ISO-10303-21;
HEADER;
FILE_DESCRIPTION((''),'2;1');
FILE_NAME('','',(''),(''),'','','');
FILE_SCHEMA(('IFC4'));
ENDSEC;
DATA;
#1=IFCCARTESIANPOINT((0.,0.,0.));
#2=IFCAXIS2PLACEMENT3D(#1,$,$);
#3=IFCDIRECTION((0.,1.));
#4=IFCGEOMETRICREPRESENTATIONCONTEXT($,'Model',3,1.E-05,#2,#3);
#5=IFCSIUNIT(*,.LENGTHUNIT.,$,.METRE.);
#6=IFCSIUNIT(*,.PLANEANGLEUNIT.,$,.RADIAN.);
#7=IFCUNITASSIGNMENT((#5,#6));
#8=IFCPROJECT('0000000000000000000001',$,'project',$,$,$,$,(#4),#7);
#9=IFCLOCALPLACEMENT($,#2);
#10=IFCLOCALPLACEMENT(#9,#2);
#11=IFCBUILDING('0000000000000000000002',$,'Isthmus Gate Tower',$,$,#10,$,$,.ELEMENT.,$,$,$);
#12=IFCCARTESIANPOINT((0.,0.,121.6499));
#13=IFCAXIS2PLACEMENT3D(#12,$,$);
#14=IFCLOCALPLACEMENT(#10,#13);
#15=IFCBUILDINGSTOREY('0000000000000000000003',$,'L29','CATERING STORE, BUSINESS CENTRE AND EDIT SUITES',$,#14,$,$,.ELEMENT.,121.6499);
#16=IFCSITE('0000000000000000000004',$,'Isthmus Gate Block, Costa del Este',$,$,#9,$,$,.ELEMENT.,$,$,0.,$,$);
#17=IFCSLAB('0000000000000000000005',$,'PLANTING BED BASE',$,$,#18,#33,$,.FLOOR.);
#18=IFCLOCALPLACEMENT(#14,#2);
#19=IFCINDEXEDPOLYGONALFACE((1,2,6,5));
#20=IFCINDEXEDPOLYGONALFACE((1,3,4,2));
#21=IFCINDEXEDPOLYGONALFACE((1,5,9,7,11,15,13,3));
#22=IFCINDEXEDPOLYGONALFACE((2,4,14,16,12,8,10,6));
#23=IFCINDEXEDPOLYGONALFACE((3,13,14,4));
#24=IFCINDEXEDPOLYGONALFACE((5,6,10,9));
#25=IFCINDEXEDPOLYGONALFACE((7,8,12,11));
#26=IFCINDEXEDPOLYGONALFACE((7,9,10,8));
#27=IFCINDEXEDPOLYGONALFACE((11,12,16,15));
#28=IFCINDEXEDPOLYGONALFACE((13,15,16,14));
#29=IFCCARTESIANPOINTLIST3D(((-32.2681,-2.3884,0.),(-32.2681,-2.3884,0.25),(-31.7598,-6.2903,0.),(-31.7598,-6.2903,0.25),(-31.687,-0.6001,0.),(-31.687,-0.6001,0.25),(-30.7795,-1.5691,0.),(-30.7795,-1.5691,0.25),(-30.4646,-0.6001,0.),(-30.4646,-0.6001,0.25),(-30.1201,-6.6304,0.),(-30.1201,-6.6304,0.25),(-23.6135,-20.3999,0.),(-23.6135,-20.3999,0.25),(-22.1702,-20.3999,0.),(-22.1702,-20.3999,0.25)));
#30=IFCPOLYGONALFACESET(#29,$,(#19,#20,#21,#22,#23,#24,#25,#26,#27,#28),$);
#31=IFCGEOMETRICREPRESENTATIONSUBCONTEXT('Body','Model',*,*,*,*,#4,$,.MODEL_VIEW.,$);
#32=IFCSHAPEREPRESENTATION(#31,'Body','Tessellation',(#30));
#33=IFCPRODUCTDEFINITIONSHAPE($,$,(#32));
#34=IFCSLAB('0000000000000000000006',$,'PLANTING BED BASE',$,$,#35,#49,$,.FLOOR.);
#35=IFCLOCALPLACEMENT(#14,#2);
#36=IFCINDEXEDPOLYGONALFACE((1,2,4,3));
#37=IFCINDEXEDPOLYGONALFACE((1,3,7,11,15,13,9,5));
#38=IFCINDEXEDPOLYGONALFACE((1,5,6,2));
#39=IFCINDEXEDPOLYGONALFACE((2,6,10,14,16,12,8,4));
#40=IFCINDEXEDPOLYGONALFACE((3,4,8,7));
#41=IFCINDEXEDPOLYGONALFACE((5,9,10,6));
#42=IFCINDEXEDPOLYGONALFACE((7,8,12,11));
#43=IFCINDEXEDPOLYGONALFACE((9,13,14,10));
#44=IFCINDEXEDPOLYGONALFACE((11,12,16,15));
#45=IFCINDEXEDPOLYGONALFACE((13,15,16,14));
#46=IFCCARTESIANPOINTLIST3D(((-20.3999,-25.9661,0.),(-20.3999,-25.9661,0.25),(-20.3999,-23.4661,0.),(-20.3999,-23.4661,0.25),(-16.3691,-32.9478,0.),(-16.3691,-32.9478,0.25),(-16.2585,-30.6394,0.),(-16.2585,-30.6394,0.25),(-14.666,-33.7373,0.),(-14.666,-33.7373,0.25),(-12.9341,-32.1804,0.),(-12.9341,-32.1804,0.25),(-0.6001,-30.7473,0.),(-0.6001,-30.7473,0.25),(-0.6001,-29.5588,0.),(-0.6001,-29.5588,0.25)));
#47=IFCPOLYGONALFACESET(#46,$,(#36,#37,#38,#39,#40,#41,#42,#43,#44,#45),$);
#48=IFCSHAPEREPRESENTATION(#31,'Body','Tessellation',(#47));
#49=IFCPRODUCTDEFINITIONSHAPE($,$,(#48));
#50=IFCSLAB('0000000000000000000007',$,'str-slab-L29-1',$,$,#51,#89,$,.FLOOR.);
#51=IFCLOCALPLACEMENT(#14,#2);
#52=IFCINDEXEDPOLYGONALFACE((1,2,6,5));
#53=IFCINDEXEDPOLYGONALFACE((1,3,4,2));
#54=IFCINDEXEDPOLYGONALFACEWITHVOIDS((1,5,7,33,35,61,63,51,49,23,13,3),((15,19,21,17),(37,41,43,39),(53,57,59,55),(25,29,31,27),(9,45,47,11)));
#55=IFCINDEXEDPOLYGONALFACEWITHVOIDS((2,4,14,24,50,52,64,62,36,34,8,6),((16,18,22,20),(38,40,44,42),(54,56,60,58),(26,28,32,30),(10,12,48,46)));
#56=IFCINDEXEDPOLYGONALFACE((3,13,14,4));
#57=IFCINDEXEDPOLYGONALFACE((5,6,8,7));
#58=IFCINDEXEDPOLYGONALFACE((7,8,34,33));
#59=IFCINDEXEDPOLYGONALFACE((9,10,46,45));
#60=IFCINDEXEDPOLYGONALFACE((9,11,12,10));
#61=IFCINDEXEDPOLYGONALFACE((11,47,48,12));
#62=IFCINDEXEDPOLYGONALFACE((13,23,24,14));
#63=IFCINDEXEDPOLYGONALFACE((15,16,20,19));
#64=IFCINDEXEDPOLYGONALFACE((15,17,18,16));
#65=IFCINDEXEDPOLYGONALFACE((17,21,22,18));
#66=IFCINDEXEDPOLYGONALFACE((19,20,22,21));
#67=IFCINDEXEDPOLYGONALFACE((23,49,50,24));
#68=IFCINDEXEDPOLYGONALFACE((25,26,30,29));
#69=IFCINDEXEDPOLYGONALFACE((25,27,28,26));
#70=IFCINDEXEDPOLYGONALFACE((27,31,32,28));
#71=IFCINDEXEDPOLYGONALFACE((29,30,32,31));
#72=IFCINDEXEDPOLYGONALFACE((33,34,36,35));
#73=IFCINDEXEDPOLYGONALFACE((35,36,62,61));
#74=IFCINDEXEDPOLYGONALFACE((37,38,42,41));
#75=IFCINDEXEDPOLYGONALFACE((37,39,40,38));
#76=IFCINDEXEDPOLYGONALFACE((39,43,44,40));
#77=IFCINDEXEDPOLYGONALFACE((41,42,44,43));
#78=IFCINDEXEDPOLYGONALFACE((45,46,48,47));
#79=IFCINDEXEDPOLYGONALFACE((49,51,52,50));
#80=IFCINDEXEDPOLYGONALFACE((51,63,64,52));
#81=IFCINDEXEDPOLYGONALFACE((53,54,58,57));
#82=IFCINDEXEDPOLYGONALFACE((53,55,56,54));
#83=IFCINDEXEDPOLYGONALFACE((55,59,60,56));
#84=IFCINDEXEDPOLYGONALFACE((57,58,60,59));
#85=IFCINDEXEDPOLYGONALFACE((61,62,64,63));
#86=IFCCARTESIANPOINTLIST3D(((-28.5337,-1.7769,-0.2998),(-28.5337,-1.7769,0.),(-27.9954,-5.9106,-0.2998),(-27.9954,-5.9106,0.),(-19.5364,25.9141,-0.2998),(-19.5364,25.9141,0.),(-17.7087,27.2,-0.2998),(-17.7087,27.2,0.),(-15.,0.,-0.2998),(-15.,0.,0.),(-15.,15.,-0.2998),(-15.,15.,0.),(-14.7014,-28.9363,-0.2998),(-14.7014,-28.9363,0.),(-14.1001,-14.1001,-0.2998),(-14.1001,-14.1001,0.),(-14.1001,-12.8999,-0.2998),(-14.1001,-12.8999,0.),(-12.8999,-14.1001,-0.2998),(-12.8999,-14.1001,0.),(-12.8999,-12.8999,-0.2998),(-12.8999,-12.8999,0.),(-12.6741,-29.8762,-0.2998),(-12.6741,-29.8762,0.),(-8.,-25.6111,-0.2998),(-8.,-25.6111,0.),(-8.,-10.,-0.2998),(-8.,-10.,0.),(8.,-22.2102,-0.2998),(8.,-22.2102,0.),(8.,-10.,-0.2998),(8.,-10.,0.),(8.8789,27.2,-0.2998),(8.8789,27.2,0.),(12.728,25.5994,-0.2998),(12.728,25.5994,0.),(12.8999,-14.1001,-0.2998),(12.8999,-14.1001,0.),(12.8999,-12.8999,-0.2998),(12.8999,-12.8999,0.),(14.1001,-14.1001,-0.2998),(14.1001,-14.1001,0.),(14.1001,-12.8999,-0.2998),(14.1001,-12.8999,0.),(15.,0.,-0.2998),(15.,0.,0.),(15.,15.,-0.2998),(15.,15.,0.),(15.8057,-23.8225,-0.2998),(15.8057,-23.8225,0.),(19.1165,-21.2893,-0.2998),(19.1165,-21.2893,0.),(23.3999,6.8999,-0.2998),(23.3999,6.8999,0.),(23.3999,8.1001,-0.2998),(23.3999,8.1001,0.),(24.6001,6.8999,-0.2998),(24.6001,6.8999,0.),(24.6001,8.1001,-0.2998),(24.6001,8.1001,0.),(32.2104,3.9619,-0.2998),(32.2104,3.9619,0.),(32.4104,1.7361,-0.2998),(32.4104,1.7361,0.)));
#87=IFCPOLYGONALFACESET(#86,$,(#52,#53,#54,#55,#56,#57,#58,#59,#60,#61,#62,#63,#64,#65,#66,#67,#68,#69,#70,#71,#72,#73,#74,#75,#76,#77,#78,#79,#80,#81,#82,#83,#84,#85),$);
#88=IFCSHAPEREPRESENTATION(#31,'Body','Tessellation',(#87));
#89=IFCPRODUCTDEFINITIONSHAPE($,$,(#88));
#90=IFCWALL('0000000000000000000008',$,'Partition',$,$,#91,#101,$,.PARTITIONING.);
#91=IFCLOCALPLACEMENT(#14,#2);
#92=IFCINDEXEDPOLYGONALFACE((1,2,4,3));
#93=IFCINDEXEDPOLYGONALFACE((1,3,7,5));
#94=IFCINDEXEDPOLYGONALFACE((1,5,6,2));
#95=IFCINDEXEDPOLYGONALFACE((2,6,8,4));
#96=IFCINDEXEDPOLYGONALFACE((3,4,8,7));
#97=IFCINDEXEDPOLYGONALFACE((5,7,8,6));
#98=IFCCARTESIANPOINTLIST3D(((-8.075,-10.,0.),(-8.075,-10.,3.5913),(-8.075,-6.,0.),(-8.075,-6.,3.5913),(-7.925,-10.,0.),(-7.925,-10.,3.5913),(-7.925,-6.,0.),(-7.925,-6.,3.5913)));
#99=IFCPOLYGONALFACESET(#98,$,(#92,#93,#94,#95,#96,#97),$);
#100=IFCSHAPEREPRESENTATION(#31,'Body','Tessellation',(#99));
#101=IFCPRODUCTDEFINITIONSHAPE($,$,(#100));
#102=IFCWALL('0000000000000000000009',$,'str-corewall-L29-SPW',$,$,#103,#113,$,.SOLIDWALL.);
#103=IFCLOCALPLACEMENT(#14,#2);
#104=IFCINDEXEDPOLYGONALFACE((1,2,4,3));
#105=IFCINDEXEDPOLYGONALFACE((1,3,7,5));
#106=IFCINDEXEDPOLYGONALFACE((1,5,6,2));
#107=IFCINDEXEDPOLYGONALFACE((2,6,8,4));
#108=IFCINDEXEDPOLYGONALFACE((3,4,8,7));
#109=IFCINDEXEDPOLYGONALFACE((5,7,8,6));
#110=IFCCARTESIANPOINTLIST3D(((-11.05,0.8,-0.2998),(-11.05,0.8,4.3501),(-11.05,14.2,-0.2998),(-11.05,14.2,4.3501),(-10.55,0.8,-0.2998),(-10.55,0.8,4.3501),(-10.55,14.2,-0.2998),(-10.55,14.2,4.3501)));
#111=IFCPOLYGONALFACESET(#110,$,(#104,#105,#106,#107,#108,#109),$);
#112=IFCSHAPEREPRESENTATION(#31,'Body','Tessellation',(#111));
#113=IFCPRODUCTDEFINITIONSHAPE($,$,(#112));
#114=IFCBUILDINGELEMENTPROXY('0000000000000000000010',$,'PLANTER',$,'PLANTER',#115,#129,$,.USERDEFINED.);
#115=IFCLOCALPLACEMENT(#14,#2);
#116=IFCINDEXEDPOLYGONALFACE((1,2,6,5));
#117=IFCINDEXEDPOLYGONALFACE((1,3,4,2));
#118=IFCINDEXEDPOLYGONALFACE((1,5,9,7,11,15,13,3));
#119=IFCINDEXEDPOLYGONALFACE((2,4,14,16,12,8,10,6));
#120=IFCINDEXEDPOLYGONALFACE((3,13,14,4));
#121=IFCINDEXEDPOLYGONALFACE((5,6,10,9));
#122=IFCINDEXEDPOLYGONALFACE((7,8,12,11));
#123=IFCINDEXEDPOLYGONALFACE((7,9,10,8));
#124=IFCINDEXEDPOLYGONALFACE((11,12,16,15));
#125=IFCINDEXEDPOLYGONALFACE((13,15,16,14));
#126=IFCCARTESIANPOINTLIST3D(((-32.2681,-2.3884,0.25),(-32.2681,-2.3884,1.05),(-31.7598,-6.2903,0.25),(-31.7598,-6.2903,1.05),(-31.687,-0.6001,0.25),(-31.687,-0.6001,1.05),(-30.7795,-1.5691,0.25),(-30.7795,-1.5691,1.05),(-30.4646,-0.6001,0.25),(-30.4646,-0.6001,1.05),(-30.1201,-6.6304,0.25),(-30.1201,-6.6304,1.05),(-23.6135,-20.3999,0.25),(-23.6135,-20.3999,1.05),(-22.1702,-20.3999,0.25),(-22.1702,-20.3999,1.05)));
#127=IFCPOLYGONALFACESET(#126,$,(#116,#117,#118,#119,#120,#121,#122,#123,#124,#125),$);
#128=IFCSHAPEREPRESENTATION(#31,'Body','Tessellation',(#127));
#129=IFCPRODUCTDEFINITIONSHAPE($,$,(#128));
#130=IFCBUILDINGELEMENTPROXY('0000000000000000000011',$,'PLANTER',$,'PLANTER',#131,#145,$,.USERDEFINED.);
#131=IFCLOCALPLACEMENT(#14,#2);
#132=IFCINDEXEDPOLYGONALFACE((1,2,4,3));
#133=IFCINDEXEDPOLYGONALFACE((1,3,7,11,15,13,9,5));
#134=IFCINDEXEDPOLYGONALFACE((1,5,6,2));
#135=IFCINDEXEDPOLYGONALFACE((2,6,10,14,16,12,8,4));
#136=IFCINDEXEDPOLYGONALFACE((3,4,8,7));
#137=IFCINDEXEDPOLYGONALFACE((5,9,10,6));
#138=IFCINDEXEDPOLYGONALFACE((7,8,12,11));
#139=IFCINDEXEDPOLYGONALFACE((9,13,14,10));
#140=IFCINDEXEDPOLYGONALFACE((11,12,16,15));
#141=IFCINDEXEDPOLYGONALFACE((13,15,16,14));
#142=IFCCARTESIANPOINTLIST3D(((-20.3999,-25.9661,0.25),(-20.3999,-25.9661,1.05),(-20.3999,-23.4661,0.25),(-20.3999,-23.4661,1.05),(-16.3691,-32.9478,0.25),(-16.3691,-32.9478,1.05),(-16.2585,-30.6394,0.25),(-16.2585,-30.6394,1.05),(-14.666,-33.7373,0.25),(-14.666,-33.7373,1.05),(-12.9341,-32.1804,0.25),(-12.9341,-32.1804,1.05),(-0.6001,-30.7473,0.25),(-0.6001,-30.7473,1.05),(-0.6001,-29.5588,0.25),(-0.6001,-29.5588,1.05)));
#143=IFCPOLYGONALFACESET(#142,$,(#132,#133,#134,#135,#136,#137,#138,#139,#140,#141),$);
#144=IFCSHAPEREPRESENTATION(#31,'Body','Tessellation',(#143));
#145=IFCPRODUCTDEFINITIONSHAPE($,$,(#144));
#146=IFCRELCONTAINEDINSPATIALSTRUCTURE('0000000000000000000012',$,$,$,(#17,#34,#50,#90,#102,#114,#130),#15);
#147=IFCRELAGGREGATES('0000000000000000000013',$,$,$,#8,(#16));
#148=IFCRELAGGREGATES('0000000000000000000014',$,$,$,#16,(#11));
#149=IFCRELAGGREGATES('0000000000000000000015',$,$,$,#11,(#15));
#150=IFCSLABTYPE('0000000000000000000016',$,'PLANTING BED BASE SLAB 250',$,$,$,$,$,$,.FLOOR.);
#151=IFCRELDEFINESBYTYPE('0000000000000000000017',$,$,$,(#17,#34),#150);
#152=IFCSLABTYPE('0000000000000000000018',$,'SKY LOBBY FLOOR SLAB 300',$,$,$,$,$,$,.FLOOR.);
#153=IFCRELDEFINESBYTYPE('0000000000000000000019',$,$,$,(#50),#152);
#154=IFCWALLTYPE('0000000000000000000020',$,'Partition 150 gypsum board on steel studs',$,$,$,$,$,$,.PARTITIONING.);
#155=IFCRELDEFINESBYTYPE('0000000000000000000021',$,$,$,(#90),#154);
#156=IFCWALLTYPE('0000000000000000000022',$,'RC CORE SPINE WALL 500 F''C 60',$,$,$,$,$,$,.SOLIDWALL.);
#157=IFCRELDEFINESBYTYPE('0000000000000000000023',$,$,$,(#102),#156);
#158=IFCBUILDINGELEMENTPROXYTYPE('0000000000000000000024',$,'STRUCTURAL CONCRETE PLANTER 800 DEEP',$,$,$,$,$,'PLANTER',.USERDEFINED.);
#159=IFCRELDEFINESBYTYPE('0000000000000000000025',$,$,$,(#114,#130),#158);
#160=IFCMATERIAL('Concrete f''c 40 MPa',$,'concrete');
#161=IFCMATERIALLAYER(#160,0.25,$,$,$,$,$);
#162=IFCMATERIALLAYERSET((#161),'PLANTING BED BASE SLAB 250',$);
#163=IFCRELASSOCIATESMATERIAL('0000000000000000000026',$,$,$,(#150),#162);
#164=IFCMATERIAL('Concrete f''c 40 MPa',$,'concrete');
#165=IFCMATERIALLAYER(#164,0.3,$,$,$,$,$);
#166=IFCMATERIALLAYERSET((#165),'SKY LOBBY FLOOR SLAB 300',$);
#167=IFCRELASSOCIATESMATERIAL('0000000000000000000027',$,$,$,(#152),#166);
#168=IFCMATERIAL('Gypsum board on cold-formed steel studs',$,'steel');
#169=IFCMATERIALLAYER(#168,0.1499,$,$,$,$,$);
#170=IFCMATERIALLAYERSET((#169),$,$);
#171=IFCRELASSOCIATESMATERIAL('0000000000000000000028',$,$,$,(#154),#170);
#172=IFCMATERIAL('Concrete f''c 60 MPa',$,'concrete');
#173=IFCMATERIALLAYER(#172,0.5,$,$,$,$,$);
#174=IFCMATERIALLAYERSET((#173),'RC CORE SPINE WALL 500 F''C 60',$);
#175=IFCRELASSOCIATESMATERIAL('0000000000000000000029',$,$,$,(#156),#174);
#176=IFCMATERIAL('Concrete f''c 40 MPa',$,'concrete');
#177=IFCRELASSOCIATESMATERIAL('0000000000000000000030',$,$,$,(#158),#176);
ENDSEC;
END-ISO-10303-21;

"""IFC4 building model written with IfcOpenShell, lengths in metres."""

from ifc_helpers import new_model, si_unit, direction, frame, frame_2d, origin, place, context, subcontext, project, spatial, polyline, rectangle, outline, extrude, material, layer, layer_set, type_object, element, save


model = new_model("IFC4")

# Units and contexts
model_context = context("Model", 3, precision=1e-05, world=origin(), true_north=direction((0.0, 1.0)))
body_context = subcontext(model_context, "Body", "Model", "MODEL_VIEW")
ifc_project = project(units=[si_unit("LENGTHUNIT", "METRE"), si_unit("PLANEANGLEUNIT", "RADIAN")], contexts=[model_context])

# Site, building, storey
site_placement = place(None, origin())
site = spatial("IfcSite", under=ifc_project, at=site_placement, Name="Isthmus Gate Block, Costa del Este", CompositionType="ELEMENT", RefElevation=0.0)
building_placement = place(site_placement, origin())
building = spatial("IfcBuilding", under=site, at=building_placement, Name="Isthmus Gate Tower", CompositionType="ELEMENT")
storey_placement = place(building_placement, frame((0.0, 0.0, 121.6499)))
storey = spatial("IfcBuildingStorey", under=building, at=storey_placement, Name="L29", Description="CATERING STORE, BUSINESS CENTRE AND EDIT SUITES", CompositionType="ELEMENT", Elevation=121.6499)

# Slabs
ifc_material_1 = material(Name="Concrete f'c 40 MPa", Category="concrete")
ifc_layer_1 = layer(ifc_material_1, 0.25)
ifc_layer_set_1 = layer_set([ifc_layer_1], Name="PLANTING BED BASE SLAB 250")
slab_type_1 = type_object("IfcSlabType", Name="PLANTING BED BASE SLAB 250", PredefinedType="FLOOR", material=ifc_layer_set_1)
slab_1_placement = place(storey_placement, origin())
element("IfcSlab", 1, at=slab_1_placement, inside=storey, type_object=slab_type_1, Name="PLANTING BED BASE", PredefinedType="FLOOR", context=body_context, shape_type="SweptSolid", body=[
    extrude(outline(polyline([(-30.4646, -0.6001), (-31.687, -0.6001), (-32.2681, -2.3884), (-31.7598, -6.2903), (-23.6135, -20.3999), (-22.1702, -20.3999), (-30.1201, -6.6304), (-30.7795, -1.5691), (-30.4646, -0.6001)])), origin(), (0.0, 0.0, 1.0), 0.25),
])
slab_2_placement = place(storey_placement, origin())
element("IfcSlab", 2, at=slab_2_placement, inside=storey, type_object=slab_type_1, Name="PLANTING BED BASE", PredefinedType="FLOOR", context=body_context, shape_type="SweptSolid", body=[
    extrude(outline(polyline([(-0.6001, -30.7473), (-0.6001, -29.5588), (-12.9341, -32.1804), (-16.2585, -30.6394), (-20.3999, -23.4661), (-20.3999, -25.9661), (-16.3691, -32.9478), (-14.666, -33.7373), (-0.6001, -30.7473)])), origin(), (0.0, 0.0, 1.0), 0.25),
])
ifc_material_2 = material(Name="Concrete f'c 40 MPa", Category="concrete")
ifc_layer_2 = layer(ifc_material_2, 0.3)
ifc_layer_set_2 = layer_set([ifc_layer_2], Name="SKY LOBBY FLOOR SLAB 300")
slab_type_2 = type_object("IfcSlabType", Name="SKY LOBBY FLOOR SLAB 300", PredefinedType="FLOOR", material=ifc_layer_set_2)
slab_3_placement = place(storey_placement, frame((0.0, 0.0, -0.2998)))
element("IfcSlab", 3, at=slab_3_placement, inside=storey, type_object=slab_type_2, Name="str-slab-L29-1", PredefinedType="FLOOR", context=body_context, shape_type="SweptSolid", body=[
    extrude(outline(polyline([(12.728, 25.5994), (32.2104, 3.9619), (32.4104, 1.7361), (19.1165, -21.2893), (15.8057, -23.8225), (-12.6741, -29.8762), (-14.7014, -28.9363), (-27.9954, -5.9106), (-28.5337, -1.7769), (-19.5364, 25.9141), (-17.7087, 27.2), (8.8789, 27.2), (12.728, 25.5994)]), holes=[polyline([(-8.0, -10.0), (-8.0, -25.6111), (8.0, -22.2102), (8.0, -10.0), (-8.0, -10.0)]), polyline([(-14.1001, -12.8999), (-14.1001, -14.1001), (-12.8999, -14.1001), (-12.8999, -12.8999), (-14.1001, -12.8999)]), polyline([(14.1001, -12.8999), (12.8999, -12.8999), (12.8999, -14.1001), (14.1001, -14.1001), (14.1001, -12.8999)]), polyline([(-15.0, 15.0), (-15.0, 0.0), (15.0, 0.0), (15.0, 15.0), (-15.0, 15.0)]), polyline([(24.6001, 6.8999), (24.6001, 8.1001), (23.3999, 8.1001), (23.3999, 6.8999), (24.6001, 6.8999)])]), origin(), (0.0, 0.0, 1.0), 0.2998),
])

# Walls
ifc_material_3 = material(Name="Gypsum board on cold-formed steel studs", Category="steel")
ifc_layer_3 = layer(ifc_material_3, 0.1499)
ifc_layer_set_3 = layer_set([ifc_layer_3])
wall_type_1 = type_object("IfcWallType", Name="Partition 150 gypsum board on steel studs", PredefinedType="PARTITIONING", material=ifc_layer_set_3)
wall_1_placement = place(storey_placement, frame((-8.0, -10.0, 0.0), z_axis=(0.0, 0.0, 1.0), x_axis=(0.0, 1.0, 0.0)))
element("IfcWall", 4, at=wall_1_placement, inside=storey, type_object=wall_type_1, Name="Partition", PredefinedType="PARTITIONING", context=body_context, shape_type="SweptSolid", body=[
    extrude(rectangle(XDim=4.0, YDim=0.1499, at=frame_2d((2.0, 0.0))), origin(), (0.0, 0.0, 1.0), 3.5913),
])
ifc_material_4 = material(Name="Concrete f'c 60 MPa", Category="concrete")
ifc_layer_4 = layer(ifc_material_4, 0.5)
ifc_layer_set_4 = layer_set([ifc_layer_4], Name="RC CORE SPINE WALL 500 F'C 60")
wall_type_2 = type_object("IfcWallType", Name="RC CORE SPINE WALL 500 F'C 60", PredefinedType="SOLIDWALL", material=ifc_layer_set_4)
wall_2_placement = place(storey_placement, frame((-10.8, 0.8, -0.2998), z_axis=(0.0, 0.0, 1.0), x_axis=(0.0, 1.0, 0.0)))
element("IfcWall", 5, at=wall_2_placement, inside=storey, type_object=wall_type_2, Name="str-corewall-L29-SPW", PredefinedType="SOLIDWALL", context=body_context, shape_type="SweptSolid", body=[
    extrude(rectangle(XDim=13.3999, YDim=0.5, at=frame_2d((6.7, 0.0))), origin(), (0.0, 0.0, 1.0), 4.6499),
])

# Building element proxies
ifc_material_5 = material(Name="Concrete f'c 40 MPa", Category="concrete")
building_element_proxy_type = type_object("IfcBuildingElementProxyType", Name="STRUCTURAL CONCRETE PLANTER 800 DEEP", ElementType="PLANTER", PredefinedType="USERDEFINED", material=ifc_material_5)
proxy_1_placement = place(storey_placement, frame((0.0, 0.0, 0.25)))
element("IfcBuildingElementProxy", 6, at=proxy_1_placement, inside=storey, type_object=building_element_proxy_type, Name="PLANTER", ObjectType="PLANTER", PredefinedType="USERDEFINED", context=body_context, shape_type="SweptSolid", body=[
    extrude(outline(polyline([(-30.4646, -0.6001), (-31.687, -0.6001), (-32.2681, -2.3884), (-31.7598, -6.2903), (-23.6135, -20.3999), (-22.1702, -20.3999), (-30.1201, -6.6304), (-30.7795, -1.5691), (-30.4646, -0.6001)])), origin(), (0.0, 0.0, 1.0), 0.8),
])
proxy_2_placement = place(storey_placement, frame((0.0, 0.0, 0.25)))
element("IfcBuildingElementProxy", 7, at=proxy_2_placement, inside=storey, type_object=building_element_proxy_type, Name="PLANTER", ObjectType="PLANTER", PredefinedType="USERDEFINED", context=body_context, shape_type="SweptSolid", body=[
    extrude(outline(polyline([(-0.6001, -30.7473), (-0.6001, -29.5588), (-12.9341, -32.1804), (-16.2585, -30.6394), (-20.3999, -23.4661), (-20.3999, -25.9661), (-16.3691, -32.9478), (-14.666, -33.7373), (-0.6001, -30.7473)])), origin(), (0.0, 0.0, 1.0), 0.8),
])

save(model, "model.ifc")
